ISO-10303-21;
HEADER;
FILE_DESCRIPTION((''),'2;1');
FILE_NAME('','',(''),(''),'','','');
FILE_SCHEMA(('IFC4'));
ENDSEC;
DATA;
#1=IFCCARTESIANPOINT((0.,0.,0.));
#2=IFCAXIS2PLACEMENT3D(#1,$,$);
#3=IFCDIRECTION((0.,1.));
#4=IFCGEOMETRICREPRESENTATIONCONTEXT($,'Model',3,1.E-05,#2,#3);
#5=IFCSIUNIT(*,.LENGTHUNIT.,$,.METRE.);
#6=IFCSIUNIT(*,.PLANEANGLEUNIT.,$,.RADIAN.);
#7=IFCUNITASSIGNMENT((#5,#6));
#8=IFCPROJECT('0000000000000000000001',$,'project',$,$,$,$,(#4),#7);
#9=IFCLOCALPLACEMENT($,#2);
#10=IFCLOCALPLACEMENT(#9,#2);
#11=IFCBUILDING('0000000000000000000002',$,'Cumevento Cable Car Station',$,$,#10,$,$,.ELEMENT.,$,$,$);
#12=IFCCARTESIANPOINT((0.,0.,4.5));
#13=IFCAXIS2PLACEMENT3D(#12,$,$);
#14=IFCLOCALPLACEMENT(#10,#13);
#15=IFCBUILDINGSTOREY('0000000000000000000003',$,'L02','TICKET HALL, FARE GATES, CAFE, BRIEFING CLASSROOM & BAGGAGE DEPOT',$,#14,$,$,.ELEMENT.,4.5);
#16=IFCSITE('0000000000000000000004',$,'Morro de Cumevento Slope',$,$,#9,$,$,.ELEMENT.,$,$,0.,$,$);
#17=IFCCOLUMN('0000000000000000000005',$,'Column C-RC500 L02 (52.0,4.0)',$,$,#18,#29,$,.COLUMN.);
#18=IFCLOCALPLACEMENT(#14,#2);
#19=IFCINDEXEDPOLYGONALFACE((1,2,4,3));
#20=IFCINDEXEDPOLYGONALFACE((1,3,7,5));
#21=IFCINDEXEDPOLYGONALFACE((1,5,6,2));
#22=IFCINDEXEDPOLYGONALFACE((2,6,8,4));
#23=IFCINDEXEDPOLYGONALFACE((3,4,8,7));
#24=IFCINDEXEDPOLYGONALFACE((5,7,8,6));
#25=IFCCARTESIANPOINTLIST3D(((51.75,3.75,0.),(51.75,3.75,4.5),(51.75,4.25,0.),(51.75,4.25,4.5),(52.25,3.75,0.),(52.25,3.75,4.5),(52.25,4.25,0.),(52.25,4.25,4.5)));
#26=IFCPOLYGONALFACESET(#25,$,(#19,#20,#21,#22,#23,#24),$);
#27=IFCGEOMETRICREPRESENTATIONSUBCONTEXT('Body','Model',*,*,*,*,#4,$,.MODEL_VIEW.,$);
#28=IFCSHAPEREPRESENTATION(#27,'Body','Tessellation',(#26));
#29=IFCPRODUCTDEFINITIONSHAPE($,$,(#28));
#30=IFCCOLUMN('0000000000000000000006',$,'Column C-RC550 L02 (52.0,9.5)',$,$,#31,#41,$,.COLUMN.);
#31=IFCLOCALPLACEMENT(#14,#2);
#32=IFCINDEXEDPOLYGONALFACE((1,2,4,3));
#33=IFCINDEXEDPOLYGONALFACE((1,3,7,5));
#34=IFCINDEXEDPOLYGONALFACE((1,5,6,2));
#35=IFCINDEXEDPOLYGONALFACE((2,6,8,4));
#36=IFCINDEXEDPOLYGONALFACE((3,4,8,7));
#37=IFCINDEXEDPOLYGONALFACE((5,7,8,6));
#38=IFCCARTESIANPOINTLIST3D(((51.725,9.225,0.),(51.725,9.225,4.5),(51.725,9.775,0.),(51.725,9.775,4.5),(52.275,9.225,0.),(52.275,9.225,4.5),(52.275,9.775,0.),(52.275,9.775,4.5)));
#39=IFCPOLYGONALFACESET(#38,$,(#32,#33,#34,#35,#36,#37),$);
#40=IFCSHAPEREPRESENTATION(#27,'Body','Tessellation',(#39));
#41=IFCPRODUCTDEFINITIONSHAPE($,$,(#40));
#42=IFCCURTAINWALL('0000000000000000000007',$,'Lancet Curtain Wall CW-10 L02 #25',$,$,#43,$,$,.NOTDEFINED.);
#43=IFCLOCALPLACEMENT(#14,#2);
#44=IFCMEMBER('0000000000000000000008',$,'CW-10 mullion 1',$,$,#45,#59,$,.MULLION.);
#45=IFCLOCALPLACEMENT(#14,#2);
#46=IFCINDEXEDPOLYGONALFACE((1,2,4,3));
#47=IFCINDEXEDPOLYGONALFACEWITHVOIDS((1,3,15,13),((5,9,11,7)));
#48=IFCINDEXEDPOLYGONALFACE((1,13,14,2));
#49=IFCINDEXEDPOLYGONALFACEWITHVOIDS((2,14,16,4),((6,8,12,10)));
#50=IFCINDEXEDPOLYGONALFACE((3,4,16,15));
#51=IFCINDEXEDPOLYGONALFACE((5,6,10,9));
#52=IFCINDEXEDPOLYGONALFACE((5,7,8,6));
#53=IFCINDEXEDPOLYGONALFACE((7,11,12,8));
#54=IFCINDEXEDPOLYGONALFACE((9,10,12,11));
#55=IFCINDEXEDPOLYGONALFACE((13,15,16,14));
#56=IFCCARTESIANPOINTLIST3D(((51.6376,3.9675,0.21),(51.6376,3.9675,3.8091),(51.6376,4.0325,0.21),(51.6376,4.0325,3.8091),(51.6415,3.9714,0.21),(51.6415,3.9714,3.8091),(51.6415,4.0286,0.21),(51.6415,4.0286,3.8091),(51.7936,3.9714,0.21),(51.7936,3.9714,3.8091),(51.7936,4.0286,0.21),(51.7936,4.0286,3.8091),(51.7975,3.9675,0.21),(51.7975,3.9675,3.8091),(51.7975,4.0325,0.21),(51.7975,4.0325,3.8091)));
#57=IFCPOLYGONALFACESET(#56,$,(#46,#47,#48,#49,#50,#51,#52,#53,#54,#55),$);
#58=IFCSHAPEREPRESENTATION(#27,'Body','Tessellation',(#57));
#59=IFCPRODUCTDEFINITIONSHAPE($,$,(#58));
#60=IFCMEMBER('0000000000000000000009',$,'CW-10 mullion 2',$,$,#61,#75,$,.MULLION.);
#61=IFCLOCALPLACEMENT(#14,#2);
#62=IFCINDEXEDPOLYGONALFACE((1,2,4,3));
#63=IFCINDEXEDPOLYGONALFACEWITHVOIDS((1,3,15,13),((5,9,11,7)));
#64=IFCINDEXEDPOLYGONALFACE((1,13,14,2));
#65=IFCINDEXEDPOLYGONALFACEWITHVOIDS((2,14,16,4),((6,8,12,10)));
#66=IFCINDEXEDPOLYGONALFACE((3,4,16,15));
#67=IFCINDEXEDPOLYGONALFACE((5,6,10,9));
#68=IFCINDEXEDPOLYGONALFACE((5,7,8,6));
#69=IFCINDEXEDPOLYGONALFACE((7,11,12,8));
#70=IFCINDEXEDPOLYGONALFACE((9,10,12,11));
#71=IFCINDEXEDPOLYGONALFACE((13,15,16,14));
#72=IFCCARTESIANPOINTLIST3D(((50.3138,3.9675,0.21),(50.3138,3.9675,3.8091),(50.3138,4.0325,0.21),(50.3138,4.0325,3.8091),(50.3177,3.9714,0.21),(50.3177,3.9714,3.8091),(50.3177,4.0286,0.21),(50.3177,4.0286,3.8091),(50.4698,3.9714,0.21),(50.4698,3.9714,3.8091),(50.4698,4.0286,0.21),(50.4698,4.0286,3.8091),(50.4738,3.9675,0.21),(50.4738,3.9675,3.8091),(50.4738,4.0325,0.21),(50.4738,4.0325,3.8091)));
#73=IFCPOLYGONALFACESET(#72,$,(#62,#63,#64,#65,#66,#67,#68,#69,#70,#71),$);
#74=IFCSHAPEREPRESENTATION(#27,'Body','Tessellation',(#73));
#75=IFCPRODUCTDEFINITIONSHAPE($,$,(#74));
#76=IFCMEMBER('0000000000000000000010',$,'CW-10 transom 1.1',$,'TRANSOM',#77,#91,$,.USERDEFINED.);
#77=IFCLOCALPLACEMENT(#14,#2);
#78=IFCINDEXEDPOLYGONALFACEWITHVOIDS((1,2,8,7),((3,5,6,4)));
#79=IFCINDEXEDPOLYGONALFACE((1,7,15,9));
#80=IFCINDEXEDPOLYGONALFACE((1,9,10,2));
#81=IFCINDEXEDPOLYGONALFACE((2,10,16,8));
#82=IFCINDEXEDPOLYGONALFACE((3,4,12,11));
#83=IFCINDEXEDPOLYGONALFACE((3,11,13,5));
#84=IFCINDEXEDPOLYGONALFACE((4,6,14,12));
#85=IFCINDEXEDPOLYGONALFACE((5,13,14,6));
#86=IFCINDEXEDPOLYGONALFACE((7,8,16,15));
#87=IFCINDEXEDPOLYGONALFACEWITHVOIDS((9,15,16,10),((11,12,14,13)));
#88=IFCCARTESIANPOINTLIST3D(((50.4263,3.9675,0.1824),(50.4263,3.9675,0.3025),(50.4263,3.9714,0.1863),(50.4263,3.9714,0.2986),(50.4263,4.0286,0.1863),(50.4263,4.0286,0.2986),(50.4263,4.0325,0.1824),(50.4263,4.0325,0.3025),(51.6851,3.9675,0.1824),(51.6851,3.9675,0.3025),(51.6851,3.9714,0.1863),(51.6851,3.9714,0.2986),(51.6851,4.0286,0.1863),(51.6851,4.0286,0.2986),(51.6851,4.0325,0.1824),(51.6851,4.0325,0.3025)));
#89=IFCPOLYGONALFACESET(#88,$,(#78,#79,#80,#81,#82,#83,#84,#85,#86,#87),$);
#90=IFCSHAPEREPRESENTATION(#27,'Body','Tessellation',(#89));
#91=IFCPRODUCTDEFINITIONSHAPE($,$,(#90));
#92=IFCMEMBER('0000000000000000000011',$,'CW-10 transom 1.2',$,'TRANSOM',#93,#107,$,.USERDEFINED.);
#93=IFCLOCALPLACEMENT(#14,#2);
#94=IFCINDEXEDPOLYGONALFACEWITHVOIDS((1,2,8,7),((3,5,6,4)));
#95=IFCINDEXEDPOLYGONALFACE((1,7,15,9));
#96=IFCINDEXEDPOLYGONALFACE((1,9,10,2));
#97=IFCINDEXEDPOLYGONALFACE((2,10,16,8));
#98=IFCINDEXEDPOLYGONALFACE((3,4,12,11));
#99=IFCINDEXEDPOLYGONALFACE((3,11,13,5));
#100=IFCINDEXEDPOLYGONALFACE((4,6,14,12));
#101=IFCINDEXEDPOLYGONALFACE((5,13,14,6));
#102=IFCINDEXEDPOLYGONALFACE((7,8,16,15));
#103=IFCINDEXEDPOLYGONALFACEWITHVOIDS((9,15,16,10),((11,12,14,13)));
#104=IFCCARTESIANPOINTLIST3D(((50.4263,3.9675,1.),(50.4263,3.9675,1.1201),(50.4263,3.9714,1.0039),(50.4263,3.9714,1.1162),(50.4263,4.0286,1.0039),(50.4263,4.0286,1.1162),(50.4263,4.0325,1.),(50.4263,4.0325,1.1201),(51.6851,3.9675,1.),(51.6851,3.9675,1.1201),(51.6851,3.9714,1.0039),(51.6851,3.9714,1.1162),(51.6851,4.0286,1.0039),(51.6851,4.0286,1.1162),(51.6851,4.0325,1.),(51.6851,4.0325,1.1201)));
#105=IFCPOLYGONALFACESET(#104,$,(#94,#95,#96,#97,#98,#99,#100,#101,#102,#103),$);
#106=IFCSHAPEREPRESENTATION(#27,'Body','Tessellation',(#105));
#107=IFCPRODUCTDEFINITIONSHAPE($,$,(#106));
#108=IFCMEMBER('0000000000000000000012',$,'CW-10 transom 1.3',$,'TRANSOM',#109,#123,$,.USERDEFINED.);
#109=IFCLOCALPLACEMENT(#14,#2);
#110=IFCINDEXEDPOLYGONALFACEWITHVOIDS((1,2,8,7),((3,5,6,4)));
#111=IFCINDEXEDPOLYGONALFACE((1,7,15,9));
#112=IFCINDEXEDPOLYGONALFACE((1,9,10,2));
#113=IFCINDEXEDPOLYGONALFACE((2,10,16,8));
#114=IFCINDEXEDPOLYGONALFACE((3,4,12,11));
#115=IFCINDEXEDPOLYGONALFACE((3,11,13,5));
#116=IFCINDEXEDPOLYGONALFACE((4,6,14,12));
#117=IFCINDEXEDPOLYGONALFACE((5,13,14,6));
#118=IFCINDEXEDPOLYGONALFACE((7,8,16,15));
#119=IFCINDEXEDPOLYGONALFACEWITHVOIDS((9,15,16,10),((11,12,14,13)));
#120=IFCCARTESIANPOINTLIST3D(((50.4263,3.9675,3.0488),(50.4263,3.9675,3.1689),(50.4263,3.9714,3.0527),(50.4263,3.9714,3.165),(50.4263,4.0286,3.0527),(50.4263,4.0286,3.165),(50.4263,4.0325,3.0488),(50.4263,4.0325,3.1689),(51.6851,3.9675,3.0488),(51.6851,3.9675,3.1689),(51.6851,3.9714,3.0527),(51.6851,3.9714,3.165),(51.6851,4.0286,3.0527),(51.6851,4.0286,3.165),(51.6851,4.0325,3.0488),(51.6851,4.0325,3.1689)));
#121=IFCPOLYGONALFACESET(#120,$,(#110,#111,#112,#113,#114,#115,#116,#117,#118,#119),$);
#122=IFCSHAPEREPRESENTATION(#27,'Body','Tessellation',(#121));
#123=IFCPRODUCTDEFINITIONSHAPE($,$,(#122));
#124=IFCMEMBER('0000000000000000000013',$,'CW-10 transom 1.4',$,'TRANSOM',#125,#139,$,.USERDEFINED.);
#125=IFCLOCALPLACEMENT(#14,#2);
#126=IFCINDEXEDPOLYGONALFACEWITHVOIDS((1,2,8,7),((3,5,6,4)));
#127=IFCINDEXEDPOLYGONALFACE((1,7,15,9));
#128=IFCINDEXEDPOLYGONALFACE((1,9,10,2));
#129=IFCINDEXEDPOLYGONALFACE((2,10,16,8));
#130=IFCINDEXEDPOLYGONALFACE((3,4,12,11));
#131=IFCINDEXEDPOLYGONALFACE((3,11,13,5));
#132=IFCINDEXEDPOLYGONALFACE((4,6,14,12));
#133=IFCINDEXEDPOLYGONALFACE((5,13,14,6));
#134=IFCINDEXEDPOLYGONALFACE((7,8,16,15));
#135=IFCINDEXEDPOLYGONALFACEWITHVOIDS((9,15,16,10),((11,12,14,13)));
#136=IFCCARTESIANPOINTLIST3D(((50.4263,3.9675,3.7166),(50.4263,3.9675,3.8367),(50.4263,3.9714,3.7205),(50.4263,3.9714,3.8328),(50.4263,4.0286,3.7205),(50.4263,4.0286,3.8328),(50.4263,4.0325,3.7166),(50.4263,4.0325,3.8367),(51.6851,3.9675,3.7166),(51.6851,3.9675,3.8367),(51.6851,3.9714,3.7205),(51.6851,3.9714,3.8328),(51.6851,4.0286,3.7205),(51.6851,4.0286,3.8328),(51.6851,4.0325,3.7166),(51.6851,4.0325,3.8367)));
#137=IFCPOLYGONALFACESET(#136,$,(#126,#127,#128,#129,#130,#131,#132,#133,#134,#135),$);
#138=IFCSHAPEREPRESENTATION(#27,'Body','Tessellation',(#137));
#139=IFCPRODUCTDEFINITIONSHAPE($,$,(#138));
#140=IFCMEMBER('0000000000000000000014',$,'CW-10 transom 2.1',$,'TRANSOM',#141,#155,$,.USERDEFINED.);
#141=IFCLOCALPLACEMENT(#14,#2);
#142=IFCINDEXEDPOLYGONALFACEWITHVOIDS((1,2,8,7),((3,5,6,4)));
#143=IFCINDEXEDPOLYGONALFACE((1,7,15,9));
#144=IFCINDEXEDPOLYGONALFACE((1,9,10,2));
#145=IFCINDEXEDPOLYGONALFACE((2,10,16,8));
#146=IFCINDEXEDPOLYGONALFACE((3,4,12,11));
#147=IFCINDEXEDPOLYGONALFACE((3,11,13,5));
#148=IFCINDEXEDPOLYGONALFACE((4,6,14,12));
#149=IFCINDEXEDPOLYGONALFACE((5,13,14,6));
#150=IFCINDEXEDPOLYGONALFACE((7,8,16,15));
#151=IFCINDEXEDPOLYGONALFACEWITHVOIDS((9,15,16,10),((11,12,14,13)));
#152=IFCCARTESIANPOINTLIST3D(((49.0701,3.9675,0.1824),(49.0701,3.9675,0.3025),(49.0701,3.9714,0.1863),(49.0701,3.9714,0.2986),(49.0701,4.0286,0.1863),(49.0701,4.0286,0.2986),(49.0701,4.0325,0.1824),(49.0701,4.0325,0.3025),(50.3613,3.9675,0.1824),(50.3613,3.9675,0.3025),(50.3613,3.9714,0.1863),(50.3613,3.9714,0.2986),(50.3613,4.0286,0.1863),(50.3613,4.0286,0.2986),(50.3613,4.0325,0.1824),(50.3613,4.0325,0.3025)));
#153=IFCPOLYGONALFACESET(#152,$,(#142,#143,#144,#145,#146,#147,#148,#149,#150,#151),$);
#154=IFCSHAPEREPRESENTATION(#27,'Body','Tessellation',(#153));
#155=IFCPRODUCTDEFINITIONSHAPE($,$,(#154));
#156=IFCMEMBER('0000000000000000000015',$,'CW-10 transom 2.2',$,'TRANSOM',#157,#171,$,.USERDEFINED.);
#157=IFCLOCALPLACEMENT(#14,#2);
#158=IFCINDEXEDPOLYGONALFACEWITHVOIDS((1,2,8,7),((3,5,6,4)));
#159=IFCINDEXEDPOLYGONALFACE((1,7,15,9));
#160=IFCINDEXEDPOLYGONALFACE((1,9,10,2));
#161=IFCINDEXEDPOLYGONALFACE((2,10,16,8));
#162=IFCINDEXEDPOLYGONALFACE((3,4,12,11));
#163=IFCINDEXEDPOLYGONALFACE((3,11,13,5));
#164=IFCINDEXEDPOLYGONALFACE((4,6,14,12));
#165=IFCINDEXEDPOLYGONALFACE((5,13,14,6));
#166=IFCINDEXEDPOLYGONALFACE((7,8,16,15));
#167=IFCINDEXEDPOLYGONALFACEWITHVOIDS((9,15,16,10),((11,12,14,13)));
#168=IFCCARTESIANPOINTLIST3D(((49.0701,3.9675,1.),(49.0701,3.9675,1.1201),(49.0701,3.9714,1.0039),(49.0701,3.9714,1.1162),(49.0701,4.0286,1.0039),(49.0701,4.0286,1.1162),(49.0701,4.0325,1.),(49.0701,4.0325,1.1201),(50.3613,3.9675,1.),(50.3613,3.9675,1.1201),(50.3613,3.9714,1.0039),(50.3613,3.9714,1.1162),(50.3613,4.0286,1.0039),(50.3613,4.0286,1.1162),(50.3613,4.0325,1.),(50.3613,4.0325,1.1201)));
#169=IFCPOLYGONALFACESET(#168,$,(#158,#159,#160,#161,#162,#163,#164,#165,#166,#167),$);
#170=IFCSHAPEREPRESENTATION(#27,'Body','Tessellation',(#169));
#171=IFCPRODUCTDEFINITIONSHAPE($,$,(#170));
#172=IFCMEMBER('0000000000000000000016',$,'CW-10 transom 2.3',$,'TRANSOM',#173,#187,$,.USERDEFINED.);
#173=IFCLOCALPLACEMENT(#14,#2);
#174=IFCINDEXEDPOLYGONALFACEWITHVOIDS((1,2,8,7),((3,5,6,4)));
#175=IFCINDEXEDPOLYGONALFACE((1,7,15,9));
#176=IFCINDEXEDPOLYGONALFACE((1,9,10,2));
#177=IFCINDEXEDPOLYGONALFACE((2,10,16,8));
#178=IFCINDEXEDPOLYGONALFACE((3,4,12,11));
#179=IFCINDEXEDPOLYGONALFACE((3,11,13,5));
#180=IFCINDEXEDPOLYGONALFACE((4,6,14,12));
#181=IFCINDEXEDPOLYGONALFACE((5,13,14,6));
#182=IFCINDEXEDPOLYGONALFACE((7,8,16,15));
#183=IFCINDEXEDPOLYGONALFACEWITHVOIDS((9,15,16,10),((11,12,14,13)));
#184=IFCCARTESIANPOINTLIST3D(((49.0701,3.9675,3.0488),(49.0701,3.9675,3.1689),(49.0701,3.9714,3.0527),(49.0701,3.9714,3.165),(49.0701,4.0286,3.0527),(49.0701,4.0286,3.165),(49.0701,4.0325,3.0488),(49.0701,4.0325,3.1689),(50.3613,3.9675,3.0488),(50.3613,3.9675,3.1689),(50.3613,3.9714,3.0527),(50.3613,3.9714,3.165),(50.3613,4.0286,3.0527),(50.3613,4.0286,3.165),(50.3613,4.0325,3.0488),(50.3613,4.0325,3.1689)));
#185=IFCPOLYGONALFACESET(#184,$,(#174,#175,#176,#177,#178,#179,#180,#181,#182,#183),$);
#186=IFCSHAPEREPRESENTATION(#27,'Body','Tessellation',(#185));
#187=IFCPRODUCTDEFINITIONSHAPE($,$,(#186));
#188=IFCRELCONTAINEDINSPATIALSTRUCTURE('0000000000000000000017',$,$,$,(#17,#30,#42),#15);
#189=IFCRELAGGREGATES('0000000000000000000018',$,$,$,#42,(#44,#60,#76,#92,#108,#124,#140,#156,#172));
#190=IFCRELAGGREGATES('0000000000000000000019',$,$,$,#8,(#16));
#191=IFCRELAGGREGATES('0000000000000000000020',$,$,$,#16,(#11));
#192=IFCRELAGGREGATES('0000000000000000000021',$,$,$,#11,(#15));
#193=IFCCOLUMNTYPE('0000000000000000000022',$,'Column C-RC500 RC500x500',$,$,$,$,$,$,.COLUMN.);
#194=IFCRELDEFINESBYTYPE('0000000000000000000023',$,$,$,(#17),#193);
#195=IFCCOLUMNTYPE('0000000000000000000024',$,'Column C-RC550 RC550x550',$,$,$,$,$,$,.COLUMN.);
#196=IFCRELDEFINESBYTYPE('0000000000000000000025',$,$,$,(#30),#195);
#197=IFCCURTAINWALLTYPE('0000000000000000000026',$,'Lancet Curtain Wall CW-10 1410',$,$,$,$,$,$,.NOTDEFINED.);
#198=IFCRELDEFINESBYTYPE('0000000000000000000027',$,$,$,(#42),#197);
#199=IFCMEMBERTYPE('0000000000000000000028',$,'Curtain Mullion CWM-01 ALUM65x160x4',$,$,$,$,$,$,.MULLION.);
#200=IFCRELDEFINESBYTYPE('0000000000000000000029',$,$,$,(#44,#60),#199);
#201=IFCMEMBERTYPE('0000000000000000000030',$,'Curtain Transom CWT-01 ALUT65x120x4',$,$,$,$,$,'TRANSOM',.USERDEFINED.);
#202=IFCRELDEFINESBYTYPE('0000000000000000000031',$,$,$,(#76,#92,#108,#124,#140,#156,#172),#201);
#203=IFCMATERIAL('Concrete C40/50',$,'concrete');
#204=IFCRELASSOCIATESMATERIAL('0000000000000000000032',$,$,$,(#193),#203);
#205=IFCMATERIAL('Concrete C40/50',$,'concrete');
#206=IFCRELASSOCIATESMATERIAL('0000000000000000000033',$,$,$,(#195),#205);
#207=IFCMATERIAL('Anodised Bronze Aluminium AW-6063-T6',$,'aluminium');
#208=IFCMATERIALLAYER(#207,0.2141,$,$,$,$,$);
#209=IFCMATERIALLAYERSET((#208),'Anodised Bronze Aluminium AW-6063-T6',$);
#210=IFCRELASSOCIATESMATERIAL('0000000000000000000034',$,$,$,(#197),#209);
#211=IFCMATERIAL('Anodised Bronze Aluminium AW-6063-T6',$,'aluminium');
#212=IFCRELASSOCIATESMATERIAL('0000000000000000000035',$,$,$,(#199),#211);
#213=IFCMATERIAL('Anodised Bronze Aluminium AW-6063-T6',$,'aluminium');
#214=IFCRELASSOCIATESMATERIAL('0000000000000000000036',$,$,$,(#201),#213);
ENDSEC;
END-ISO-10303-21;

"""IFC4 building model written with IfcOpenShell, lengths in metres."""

from ifc_helpers import new_model, si_unit, direction, frame, origin, origin_2d, place, context, subcontext, project, spatial, rectangle, hollow_rectangle, extrude, material, layer, layer_set, material_profile, profile_set, type_object, element, aggregate, save


model = new_model("IFC4")

# Units and contexts
model_context = context("Model", 3, precision=1e-05, world=origin(), true_north=direction((0.0, 1.0)))
body_context = subcontext(model_context, "Body", "Model", "MODEL_VIEW")
ifc_project = project(units=[si_unit("LENGTHUNIT", "METRE"), si_unit("PLANEANGLEUNIT", "RADIAN")], contexts=[model_context])

# Site, building, storey
site_placement = place(None, origin())
site = spatial("IfcSite", under=ifc_project, at=site_placement, Name="Morro de Cumevento Slope", CompositionType="ELEMENT", RefElevation=0.0)
building_placement = place(site_placement, origin())
building = spatial("IfcBuilding", under=site, at=building_placement, Name="Cumevento Cable Car Station", CompositionType="ELEMENT")
storey_placement = place(building_placement, frame((0.0, 0.0, 4.5)))
storey = spatial("IfcBuildingStorey", under=building, at=storey_placement, Name="L02", Description="TICKET HALL, FARE GATES, CAFE, BRIEFING CLASSROOM & BAGGAGE DEPOT", CompositionType="ELEMENT", Elevation=4.5)

# Columns
ifc_material_1 = material(Name="Concrete C40/50", Category="concrete")
ifc_material_profile_1 = material_profile(ifc_material_1, rectangle(XDim=0.5, YDim=0.5, at=origin_2d()), Name="RC500x500")
ifc_profile_set_1 = profile_set([ifc_material_profile_1], Name="Concrete C40/50")
column_type_1 = type_object("IfcColumnType", Name="Column C-RC500 RC500x500", PredefinedType="COLUMN", material=ifc_profile_set_1)
column_1_placement = place(storey_placement, frame((52.0, 4.0, 0.0), z_axis=(0.0, 0.0, 1.0), x_axis=(1.0, 0.0, 0.0)))
element("IfcColumn", 1, at=column_1_placement, inside=storey, type_object=column_type_1, Name="Column C-RC500 L02 (52.0,4.0)", PredefinedType="COLUMN", context=body_context, shape_type="SweptSolid", body=[
    extrude(rectangle(XDim=0.5, YDim=0.5, at=origin_2d()), origin(), (0.0, 0.0, 1.0), 4.5),
])
ifc_material_2 = material(Name="Concrete C40/50", Category="concrete")
ifc_material_profile_2 = material_profile(ifc_material_2, rectangle(XDim=0.55, YDim=0.55, at=origin_2d()), Name="RC550x550")
ifc_profile_set_2 = profile_set([ifc_material_profile_2], Name="Concrete C40/50")
column_type_2 = type_object("IfcColumnType", Name="Column C-RC550 RC550x550", PredefinedType="COLUMN", material=ifc_profile_set_2)
column_2_placement = place(storey_placement, frame((52.0, 9.5, 0.0), z_axis=(0.0, 0.0, 1.0), x_axis=(1.0, 0.0, 0.0)))
element("IfcColumn", 2, at=column_2_placement, inside=storey, type_object=column_type_2, Name="Column C-RC550 L02 (52.0,9.5)", PredefinedType="COLUMN", context=body_context, shape_type="SweptSolid", body=[
    extrude(rectangle(XDim=0.55, YDim=0.55, at=origin_2d()), origin(), (0.0, 0.0, 1.0), 4.5),
])

# Curtain wall, members
ifc_material_3 = material(Name="Anodised Bronze Aluminium AW-6063-T6", Category="aluminium")
ifc_layer_1 = layer(ifc_material_3, 0.2141)
ifc_layer_set_1 = layer_set([ifc_layer_1], Name="Anodised Bronze Aluminium AW-6063-T6")
curtain_wall_type = type_object("IfcCurtainWallType", Name="Lancet Curtain Wall CW-10 1410", PredefinedType="NOTDEFINED", material=ifc_layer_set_1)
curtain_wall_placement = place(storey_placement, origin())
curtain_wall = element("IfcCurtainWall", 3, at=curtain_wall_placement, inside=storey, type_object=curtain_wall_type, Name="Lancet Curtain Wall CW-10 L02 #25", PredefinedType="NOTDEFINED")
ifc_material_4 = material(Name="Anodised Bronze Aluminium AW-6063-T6", Category="aluminium")
ifc_material_profile_3 = material_profile(ifc_material_4, hollow_rectangle(XDim=0.0649, YDim=0.1599, WallThickness=0.0039, at=origin_2d()), Name="ALUM65x160x4")
ifc_profile_set_3 = profile_set([ifc_material_profile_3], Name="Anodised Bronze Aluminium AW-6063-T6")
member_type_1 = type_object("IfcMemberType", Name="Curtain Mullion CWM-01 ALUM65x160x4", PredefinedType="MULLION", material=ifc_profile_set_3)
member_1_placement = place(storey_placement, frame((51.7175, 4.0, 0.21), z_axis=(0.0, 0.0, 1.0), x_axis=(0.0, -1.0, 0.0)))
member_1 = element("IfcMember", 4, at=member_1_placement, type_object=member_type_1, Name="CW-10 mullion 1", PredefinedType="MULLION", context=body_context, shape_type="SweptSolid", body=[
    extrude(hollow_rectangle(XDim=0.0649, YDim=0.1599, WallThickness=0.0039, at=origin_2d()), origin(), (0.0, 0.0, 1.0), 3.5991),
])
member_2_placement = place(storey_placement, frame((50.3938, 4.0, 0.21), z_axis=(0.0, 0.0, 1.0), x_axis=(0.0, -1.0, 0.0)))
member_2 = element("IfcMember", 5, at=member_2_placement, type_object=member_type_1, Name="CW-10 mullion 2", PredefinedType="MULLION", context=body_context, shape_type="SweptSolid", body=[
    extrude(hollow_rectangle(XDim=0.0649, YDim=0.1599, WallThickness=0.0039, at=origin_2d()), origin(), (0.0, 0.0, 1.0), 3.5991),
])
ifc_material_5 = material(Name="Anodised Bronze Aluminium AW-6063-T6", Category="aluminium")
ifc_material_profile_4 = material_profile(ifc_material_5, hollow_rectangle(XDim=0.0649, YDim=0.1201, WallThickness=0.0039, at=origin_2d()), Name="ALUT65x120x4")
ifc_profile_set_4 = profile_set([ifc_material_profile_4], Name="Anodised Bronze Aluminium AW-6063-T6")
member_type_2 = type_object("IfcMemberType", Name="Curtain Transom CWT-01 ALUT65x120x4", ElementType="TRANSOM", PredefinedType="USERDEFINED", material=ifc_profile_set_4)
member_3_placement = place(storey_placement, frame((51.6851, 4.0, 0.2424), z_axis=(-1.0, 0.0, 0.0), x_axis=(0.0, -1.0, 0.0)))
member_3 = element("IfcMember", 6, at=member_3_placement, type_object=member_type_2, Name="CW-10 transom 1.1", ObjectType="TRANSOM", PredefinedType="USERDEFINED", context=body_context, shape_type="SweptSolid", body=[
    extrude(hollow_rectangle(XDim=0.0649, YDim=0.1201, WallThickness=0.0039, at=origin_2d()), origin(), (0.0, 0.0, 1.0), 1.2588),
])
member_4_placement = place(storey_placement, frame((51.6851, 4.0, 1.0601), z_axis=(-1.0, 0.0, 0.0), x_axis=(0.0, -1.0, 0.0)))
member_4 = element("IfcMember", 7, at=member_4_placement, type_object=member_type_2, Name="CW-10 transom 1.2", ObjectType="TRANSOM", PredefinedType="USERDEFINED", context=body_context, shape_type="SweptSolid", body=[
    extrude(hollow_rectangle(XDim=0.0649, YDim=0.1201, WallThickness=0.0039, at=origin_2d()), origin(), (0.0, 0.0, 1.0), 1.2588),
])
member_5_placement = place(storey_placement, frame((51.6851, 4.0, 3.1089), z_axis=(-1.0, 0.0, 0.0), x_axis=(0.0, -1.0, 0.0)))
member_5 = element("IfcMember", 8, at=member_5_placement, type_object=member_type_2, Name="CW-10 transom 1.3", ObjectType="TRANSOM", PredefinedType="USERDEFINED", context=body_context, shape_type="SweptSolid", body=[
    extrude(hollow_rectangle(XDim=0.0649, YDim=0.1201, WallThickness=0.0039, at=origin_2d()), origin(), (0.0, 0.0, 1.0), 1.2588),
])
member_6_placement = place(storey_placement, frame((51.6851, 4.0, 3.7766), z_axis=(-1.0, 0.0, 0.0), x_axis=(0.0, -1.0, 0.0)))
member_6 = element("IfcMember", 9, at=member_6_placement, type_object=member_type_2, Name="CW-10 transom 1.4", ObjectType="TRANSOM", PredefinedType="USERDEFINED", context=body_context, shape_type="SweptSolid", body=[
    extrude(hollow_rectangle(XDim=0.0649, YDim=0.1201, WallThickness=0.0039, at=origin_2d()), origin(), (0.0, 0.0, 1.0), 1.2588),
])
member_7_placement = place(storey_placement, frame((50.3613, 4.0, 0.2424), z_axis=(-1.0, 0.0, 0.0), x_axis=(0.0, -1.0, 0.0)))
member_7 = element("IfcMember", 10, at=member_7_placement, type_object=member_type_2, Name="CW-10 transom 2.1", ObjectType="TRANSOM", PredefinedType="USERDEFINED", context=body_context, shape_type="SweptSolid", body=[
    extrude(hollow_rectangle(XDim=0.0649, YDim=0.1201, WallThickness=0.0039, at=origin_2d()), origin(), (0.0, 0.0, 1.0), 1.2913),
])
member_8_placement = place(storey_placement, frame((50.3613, 4.0, 1.0601), z_axis=(-1.0, 0.0, 0.0), x_axis=(0.0, -1.0, 0.0)))
member_8 = element("IfcMember", 11, at=member_8_placement, type_object=member_type_2, Name="CW-10 transom 2.2", ObjectType="TRANSOM", PredefinedType="USERDEFINED", context=body_context, shape_type="SweptSolid", body=[
    extrude(hollow_rectangle(XDim=0.0649, YDim=0.1201, WallThickness=0.0039, at=origin_2d()), origin(), (0.0, 0.0, 1.0), 1.2913),
])
member_9_placement = place(storey_placement, frame((50.3613, 4.0, 3.1089), z_axis=(-1.0, 0.0, 0.0), x_axis=(0.0, -1.0, 0.0)))
member_9 = element("IfcMember", 12, at=member_9_placement, type_object=member_type_2, Name="CW-10 transom 2.3", ObjectType="TRANSOM", PredefinedType="USERDEFINED", context=body_context, shape_type="SweptSolid", body=[
    extrude(hollow_rectangle(XDim=0.0649, YDim=0.1201, WallThickness=0.0039, at=origin_2d()), origin(), (0.0, 0.0, 1.0), 1.2913),
])

aggregate(curtain_wall, [member_1, member_2, member_3, member_4, member_5, member_6, member_7, member_8, member_9])

save(model, "model.ifc")
